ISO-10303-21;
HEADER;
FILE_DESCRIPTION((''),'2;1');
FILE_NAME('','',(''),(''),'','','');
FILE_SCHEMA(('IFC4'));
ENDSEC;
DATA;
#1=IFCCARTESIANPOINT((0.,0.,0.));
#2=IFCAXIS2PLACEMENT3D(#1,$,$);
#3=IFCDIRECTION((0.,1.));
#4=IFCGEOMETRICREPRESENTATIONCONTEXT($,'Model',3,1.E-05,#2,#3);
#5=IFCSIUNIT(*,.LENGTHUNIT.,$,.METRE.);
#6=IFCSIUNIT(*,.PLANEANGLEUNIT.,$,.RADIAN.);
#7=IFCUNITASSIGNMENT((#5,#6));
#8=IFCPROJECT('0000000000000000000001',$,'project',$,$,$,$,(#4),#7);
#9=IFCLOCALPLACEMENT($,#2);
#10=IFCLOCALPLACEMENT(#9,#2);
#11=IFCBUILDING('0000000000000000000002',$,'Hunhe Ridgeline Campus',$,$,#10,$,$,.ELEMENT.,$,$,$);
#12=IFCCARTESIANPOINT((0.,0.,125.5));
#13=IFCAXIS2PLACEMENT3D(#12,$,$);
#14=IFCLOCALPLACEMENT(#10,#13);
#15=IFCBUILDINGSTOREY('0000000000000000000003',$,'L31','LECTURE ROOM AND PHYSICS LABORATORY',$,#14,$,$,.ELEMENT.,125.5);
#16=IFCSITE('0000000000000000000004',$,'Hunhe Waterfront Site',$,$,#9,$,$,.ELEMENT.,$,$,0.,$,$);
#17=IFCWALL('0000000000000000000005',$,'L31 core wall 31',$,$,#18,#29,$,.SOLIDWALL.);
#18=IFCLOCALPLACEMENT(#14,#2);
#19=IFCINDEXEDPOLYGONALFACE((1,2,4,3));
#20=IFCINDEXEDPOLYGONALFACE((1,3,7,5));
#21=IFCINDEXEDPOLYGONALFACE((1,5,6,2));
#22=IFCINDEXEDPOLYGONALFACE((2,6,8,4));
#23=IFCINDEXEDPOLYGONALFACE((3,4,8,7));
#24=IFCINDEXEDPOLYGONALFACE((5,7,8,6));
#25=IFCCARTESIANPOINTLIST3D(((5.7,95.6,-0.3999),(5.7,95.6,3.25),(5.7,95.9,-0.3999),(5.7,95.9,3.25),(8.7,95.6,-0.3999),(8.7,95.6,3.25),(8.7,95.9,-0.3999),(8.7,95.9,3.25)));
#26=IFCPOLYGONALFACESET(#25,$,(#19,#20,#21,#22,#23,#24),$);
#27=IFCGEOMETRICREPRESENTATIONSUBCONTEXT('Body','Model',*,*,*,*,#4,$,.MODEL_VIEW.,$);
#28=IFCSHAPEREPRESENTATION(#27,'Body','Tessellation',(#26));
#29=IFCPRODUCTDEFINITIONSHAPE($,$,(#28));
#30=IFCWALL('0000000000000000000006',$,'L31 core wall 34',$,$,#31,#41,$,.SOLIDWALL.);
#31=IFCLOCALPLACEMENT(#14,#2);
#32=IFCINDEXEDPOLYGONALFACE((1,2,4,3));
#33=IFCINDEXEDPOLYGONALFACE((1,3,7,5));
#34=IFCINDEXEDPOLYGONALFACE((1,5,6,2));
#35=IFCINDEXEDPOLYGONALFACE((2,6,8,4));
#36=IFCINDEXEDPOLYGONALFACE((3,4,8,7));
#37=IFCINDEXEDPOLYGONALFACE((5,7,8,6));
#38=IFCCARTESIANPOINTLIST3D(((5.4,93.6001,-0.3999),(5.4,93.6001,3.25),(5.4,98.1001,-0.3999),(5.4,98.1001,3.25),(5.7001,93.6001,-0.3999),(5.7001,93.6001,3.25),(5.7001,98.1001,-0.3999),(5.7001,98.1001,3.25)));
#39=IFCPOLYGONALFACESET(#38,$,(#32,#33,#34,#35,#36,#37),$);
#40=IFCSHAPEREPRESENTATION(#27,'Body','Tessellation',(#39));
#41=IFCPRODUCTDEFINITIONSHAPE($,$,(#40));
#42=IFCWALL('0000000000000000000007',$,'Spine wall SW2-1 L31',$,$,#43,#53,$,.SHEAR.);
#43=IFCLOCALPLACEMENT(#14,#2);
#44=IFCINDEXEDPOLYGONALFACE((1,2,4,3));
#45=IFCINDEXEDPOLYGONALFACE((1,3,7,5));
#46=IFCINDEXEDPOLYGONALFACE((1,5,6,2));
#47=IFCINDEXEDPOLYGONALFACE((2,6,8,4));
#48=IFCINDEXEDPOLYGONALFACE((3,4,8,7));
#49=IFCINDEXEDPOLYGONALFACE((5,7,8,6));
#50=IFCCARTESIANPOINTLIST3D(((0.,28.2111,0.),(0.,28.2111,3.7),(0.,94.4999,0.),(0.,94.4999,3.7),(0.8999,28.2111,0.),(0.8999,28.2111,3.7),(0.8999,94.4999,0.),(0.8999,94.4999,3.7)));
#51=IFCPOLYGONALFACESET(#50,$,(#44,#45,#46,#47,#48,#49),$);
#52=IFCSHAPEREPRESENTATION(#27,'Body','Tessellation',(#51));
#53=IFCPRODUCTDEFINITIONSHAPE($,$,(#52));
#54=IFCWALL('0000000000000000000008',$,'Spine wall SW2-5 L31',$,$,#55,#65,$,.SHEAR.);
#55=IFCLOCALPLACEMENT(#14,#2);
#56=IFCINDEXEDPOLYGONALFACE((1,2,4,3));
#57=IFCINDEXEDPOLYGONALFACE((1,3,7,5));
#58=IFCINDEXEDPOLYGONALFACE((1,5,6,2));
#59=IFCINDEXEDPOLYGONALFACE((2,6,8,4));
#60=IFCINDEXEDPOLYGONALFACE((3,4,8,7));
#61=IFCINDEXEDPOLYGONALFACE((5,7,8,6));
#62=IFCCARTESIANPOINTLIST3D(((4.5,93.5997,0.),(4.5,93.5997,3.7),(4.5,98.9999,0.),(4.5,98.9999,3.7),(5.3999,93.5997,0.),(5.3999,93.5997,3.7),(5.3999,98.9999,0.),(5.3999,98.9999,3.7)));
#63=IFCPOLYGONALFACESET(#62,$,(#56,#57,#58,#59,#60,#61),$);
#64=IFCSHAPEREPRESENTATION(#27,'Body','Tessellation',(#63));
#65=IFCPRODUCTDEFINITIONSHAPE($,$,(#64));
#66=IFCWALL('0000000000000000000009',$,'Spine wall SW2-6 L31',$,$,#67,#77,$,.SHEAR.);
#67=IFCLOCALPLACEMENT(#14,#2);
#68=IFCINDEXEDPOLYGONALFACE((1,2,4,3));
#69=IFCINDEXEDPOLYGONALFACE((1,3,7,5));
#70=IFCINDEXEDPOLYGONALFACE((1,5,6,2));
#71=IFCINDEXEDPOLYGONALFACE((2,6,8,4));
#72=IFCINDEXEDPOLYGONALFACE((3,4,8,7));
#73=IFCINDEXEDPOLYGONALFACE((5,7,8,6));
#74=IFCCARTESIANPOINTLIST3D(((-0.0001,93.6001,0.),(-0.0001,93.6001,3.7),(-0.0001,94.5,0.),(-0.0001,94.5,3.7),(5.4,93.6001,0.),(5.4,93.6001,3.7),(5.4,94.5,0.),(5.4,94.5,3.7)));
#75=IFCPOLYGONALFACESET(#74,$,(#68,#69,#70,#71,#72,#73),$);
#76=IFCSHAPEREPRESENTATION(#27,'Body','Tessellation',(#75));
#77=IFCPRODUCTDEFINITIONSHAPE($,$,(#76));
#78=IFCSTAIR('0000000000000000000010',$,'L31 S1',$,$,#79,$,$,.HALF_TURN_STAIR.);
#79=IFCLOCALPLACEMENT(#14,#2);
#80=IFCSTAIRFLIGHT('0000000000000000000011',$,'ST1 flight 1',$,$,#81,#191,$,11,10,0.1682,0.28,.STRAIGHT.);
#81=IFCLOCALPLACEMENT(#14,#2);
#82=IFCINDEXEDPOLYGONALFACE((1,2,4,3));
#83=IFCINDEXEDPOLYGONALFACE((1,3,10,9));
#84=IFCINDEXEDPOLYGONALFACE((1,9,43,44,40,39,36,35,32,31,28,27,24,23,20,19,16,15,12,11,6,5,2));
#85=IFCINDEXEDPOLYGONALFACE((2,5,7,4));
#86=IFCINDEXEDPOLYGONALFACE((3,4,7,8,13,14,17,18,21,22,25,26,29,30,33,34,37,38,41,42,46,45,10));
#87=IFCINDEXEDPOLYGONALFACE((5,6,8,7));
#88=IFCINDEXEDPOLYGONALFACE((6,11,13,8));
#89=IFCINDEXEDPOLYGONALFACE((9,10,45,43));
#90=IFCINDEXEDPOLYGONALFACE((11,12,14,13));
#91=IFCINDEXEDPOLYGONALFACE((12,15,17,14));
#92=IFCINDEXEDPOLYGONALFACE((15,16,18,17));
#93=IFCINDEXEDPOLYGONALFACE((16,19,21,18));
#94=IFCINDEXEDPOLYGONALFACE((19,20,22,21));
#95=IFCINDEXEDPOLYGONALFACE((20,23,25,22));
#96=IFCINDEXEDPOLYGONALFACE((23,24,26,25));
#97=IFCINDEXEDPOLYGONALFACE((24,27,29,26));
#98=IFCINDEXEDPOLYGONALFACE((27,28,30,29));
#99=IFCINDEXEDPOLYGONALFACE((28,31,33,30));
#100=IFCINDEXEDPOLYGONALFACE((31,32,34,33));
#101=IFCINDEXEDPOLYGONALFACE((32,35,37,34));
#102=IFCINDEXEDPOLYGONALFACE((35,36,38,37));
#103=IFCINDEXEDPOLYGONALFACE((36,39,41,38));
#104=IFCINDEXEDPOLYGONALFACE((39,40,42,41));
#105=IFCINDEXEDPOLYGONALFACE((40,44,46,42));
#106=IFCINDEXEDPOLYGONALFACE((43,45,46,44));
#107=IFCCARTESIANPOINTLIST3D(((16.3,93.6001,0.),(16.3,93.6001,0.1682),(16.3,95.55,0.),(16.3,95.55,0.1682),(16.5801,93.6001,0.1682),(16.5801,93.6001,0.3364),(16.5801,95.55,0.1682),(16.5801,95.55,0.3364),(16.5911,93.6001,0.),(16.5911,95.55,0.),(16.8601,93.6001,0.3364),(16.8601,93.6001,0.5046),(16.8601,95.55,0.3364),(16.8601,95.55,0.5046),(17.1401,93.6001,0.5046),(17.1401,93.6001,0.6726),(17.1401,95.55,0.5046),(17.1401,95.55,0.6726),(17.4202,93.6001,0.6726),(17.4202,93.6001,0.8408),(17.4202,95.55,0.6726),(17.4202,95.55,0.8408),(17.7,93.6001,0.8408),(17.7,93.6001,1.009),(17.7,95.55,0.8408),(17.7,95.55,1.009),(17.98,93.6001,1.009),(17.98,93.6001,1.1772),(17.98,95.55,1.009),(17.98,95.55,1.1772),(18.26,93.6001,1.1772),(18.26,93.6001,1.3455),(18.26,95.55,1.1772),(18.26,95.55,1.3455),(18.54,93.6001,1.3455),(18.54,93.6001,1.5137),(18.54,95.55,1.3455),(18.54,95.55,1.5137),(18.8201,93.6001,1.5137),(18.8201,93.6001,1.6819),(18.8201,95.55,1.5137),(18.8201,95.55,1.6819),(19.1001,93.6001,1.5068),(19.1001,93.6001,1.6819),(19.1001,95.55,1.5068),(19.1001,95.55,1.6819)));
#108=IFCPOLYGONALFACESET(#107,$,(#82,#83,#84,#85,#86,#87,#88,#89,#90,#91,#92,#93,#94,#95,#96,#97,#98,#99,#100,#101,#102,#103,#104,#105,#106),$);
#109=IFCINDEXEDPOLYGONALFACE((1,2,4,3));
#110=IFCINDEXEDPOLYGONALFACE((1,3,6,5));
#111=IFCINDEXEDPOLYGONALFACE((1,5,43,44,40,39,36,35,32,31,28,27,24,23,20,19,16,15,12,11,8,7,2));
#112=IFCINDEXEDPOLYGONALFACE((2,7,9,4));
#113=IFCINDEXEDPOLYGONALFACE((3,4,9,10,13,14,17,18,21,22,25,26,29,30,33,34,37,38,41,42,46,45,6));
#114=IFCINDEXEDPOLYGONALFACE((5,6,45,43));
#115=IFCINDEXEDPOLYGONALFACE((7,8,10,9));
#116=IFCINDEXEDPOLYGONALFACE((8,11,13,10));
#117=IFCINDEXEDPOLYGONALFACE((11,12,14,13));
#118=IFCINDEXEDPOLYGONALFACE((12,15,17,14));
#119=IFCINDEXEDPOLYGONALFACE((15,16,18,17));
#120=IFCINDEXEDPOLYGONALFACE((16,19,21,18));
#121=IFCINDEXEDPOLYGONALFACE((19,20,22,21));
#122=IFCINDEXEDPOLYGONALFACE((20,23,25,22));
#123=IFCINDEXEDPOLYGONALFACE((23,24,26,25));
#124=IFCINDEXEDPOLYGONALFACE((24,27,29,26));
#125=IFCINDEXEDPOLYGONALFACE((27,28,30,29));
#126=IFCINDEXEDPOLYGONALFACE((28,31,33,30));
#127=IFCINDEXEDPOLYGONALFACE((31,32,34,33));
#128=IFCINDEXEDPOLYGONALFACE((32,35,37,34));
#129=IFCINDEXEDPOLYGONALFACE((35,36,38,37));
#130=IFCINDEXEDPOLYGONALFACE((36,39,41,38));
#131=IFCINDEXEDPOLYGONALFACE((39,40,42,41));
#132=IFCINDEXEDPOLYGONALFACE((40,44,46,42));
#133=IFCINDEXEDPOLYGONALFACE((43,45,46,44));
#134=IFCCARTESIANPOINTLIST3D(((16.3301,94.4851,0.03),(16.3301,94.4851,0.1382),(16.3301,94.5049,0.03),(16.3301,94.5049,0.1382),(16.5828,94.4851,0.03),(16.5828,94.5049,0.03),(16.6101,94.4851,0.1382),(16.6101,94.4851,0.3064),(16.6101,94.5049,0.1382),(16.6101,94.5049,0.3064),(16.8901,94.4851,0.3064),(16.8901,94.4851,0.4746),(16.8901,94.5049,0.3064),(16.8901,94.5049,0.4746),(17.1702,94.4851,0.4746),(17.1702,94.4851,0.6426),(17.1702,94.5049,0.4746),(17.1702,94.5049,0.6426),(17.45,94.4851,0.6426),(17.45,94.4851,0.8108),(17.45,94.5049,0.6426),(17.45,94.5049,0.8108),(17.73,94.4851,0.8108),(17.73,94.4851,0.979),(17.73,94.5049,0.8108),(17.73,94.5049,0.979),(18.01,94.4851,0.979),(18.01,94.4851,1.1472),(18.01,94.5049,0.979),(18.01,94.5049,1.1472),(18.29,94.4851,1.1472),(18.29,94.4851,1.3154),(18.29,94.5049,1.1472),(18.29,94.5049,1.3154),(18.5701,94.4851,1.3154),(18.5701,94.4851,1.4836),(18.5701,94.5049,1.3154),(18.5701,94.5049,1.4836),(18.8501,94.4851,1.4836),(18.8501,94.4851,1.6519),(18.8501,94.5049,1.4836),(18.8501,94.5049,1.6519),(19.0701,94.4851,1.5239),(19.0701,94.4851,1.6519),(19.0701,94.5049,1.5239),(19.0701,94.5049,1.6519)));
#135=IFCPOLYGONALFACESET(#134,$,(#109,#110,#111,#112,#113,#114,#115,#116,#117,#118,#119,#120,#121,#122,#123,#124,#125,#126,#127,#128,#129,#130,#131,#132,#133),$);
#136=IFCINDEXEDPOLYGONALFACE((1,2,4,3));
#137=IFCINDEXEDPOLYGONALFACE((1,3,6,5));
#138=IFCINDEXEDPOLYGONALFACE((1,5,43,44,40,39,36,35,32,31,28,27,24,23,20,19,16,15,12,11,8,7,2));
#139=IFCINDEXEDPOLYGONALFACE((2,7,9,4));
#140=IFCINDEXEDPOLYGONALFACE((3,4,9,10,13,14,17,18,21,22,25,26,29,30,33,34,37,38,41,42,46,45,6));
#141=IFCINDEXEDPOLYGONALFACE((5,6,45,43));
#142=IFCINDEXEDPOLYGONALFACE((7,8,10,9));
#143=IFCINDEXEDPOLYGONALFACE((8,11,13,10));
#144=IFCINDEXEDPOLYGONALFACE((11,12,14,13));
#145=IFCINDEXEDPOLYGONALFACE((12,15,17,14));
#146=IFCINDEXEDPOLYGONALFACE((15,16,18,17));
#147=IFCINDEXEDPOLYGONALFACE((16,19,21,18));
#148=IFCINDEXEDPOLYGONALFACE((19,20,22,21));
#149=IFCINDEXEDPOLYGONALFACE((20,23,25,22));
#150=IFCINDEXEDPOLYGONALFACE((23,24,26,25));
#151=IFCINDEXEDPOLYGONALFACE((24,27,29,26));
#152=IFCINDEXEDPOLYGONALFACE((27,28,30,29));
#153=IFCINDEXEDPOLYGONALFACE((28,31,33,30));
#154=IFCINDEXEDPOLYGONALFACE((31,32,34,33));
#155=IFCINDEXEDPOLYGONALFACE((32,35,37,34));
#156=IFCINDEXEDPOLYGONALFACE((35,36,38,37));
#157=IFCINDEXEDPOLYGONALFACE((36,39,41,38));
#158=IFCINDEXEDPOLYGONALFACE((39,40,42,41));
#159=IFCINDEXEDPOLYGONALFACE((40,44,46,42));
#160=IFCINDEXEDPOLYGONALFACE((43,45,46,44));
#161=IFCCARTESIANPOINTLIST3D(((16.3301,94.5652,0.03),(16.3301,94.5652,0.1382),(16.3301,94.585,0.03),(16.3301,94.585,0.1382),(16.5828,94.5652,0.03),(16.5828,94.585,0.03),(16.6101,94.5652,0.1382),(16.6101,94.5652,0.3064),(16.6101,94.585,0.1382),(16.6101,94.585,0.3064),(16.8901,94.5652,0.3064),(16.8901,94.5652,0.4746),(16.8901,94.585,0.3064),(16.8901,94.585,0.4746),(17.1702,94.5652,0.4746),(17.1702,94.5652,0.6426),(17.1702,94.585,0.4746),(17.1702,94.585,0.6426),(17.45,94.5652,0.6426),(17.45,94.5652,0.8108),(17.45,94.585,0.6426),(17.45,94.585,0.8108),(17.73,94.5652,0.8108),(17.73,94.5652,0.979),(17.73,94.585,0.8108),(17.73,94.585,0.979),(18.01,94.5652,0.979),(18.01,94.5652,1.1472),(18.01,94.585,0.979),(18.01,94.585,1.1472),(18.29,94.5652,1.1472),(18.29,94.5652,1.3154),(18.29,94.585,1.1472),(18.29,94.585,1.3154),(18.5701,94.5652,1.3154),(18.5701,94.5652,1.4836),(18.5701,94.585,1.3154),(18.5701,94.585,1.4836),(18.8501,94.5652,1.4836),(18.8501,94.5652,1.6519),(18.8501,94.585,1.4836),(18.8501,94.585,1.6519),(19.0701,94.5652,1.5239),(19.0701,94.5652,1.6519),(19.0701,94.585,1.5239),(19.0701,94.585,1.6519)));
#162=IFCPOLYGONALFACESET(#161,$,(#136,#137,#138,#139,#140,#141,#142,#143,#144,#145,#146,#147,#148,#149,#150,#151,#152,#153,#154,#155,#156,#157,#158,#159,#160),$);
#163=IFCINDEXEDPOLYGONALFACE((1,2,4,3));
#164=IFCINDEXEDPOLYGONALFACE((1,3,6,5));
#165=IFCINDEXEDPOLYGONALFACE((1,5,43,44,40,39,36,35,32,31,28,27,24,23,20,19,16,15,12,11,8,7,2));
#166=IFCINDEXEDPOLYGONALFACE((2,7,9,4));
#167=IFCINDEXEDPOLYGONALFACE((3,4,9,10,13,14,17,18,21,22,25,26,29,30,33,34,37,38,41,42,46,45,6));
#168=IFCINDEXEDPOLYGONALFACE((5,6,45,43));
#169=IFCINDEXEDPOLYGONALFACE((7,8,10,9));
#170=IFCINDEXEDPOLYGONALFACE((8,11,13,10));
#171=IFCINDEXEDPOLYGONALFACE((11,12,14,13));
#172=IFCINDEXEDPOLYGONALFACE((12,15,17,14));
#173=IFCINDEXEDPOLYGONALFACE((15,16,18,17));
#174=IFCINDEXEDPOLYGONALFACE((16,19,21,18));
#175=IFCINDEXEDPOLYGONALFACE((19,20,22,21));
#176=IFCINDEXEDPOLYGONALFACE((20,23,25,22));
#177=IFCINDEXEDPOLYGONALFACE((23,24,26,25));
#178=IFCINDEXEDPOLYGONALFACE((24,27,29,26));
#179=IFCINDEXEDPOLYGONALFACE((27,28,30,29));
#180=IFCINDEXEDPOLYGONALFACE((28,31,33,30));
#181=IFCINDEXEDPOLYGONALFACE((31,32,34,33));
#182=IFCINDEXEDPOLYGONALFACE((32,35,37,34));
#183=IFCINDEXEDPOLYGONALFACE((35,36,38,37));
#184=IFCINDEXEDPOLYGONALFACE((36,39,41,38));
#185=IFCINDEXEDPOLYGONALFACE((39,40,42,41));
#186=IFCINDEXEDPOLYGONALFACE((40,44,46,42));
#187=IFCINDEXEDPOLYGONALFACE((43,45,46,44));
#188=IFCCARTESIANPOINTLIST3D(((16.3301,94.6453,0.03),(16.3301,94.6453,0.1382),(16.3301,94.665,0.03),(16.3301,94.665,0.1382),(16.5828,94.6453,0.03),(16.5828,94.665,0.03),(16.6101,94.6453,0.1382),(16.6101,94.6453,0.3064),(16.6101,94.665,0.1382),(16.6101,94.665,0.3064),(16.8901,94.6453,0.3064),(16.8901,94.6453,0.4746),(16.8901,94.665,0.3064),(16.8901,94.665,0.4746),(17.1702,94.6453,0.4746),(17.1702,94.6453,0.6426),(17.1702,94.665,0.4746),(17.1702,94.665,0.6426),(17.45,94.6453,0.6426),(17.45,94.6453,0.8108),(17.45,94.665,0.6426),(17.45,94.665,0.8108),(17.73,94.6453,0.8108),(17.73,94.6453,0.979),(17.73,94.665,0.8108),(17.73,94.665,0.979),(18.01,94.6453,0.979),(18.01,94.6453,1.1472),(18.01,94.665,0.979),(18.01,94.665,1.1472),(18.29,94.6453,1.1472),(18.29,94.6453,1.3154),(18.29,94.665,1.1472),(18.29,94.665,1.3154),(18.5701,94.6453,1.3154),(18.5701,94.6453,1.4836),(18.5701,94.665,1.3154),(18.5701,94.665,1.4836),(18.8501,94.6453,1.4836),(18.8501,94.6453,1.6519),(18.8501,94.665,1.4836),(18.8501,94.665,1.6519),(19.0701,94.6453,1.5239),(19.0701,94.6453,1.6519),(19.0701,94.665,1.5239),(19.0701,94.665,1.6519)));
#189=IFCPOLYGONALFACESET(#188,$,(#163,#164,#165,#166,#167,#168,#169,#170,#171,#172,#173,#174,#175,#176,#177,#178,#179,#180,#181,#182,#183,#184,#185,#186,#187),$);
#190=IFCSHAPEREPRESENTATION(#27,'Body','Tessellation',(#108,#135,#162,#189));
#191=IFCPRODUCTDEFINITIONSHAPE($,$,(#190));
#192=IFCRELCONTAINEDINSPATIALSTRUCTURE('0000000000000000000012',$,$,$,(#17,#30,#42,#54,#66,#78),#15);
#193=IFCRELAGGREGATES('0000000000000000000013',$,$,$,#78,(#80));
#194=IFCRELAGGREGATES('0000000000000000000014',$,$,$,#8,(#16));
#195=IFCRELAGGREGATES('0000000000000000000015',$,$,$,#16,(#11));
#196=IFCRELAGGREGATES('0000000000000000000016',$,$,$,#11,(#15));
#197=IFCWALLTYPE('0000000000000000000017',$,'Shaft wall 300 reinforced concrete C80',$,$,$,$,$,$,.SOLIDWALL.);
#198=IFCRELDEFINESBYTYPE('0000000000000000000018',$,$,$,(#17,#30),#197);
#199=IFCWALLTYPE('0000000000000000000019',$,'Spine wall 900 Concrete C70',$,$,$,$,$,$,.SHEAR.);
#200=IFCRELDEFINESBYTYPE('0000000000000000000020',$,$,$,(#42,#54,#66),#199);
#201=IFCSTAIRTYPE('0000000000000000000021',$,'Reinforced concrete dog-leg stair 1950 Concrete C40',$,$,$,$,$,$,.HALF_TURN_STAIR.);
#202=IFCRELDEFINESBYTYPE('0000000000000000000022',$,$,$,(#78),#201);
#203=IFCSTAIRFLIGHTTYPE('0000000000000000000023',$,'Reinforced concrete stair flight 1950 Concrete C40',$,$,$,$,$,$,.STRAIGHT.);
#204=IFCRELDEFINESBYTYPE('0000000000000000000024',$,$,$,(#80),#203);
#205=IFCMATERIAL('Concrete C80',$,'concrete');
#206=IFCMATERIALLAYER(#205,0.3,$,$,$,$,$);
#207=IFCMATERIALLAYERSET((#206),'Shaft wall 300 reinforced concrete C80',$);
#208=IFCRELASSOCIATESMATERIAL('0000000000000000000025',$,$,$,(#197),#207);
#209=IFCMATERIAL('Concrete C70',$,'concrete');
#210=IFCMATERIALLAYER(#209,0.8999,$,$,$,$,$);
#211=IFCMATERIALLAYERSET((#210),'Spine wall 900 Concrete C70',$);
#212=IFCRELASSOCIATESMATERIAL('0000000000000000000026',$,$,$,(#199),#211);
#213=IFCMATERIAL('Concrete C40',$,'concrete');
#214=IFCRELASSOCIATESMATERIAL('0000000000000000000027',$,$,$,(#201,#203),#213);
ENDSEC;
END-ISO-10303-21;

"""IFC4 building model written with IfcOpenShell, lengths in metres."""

from ifc_helpers import new_model, si_unit, direction, frame, frame_2d, origin, place, context, subcontext, project, spatial, polyline, rectangle, outline, extrude, material, layer, layer_set, type_object, element, aggregate, save


model = new_model("IFC4")

# Units and contexts
model_context = context("Model", 3, precision=1e-05, world=origin(), true_north=direction((0.0, 1.0)))
body_context = subcontext(model_context, "Body", "Model", "MODEL_VIEW")
ifc_project = project(units=[si_unit("LENGTHUNIT", "METRE"), si_unit("PLANEANGLEUNIT", "RADIAN")], contexts=[model_context])

# Site, building, storey
site_placement = place(None, origin())
site = spatial("IfcSite", under=ifc_project, at=site_placement, Name="Hunhe Waterfront Site", CompositionType="ELEMENT", RefElevation=0.0)
building_placement = place(site_placement, origin())
building = spatial("IfcBuilding", under=site, at=building_placement, Name="Hunhe Ridgeline Campus", CompositionType="ELEMENT")
storey_placement = place(building_placement, frame((0.0, 0.0, 125.5)))
storey = spatial("IfcBuildingStorey", under=building, at=storey_placement, Name="L31", Description="LECTURE ROOM AND PHYSICS LABORATORY", CompositionType="ELEMENT", Elevation=125.5)

# Shared definitions
ifc_material_1 = material(Name="Concrete C80", Category="concrete")
ifc_layer_1 = layer(ifc_material_1, 0.3)
ifc_layer_set_1 = layer_set([ifc_layer_1], Name="Shaft wall 300 reinforced concrete C80")
wall_type_1 = type_object("IfcWallType", Name="Shaft wall 300 reinforced concrete C80", PredefinedType="SOLIDWALL", material=ifc_layer_set_1)

# Walls
wall_1_placement = place(storey_placement, frame((5.7, 95.75, -0.3999), z_axis=(0.0, 0.0, 1.0), x_axis=(1.0, 0.0, 0.0)))
element("IfcWall", 1, at=wall_1_placement, inside=storey, type_object=wall_type_1, Name="L31 core wall 31", PredefinedType="SOLIDWALL", context=body_context, shape_type="SweptSolid", body=[
    extrude(rectangle(XDim=3.0, YDim=0.3, at=frame_2d((1.5, 0.0))), origin(), (0.0, 0.0, 1.0), 3.6499),
])
wall_2_placement = place(storey_placement, frame((5.55, 93.6001, -0.3999), z_axis=(0.0, 0.0, 1.0), x_axis=(0.0, 1.0, 0.0)))
element("IfcWall", 2, at=wall_2_placement, inside=storey, type_object=wall_type_1, Name="L31 core wall 34", PredefinedType="SOLIDWALL", context=body_context, shape_type="SweptSolid", body=[
    extrude(rectangle(XDim=4.5, YDim=0.3, at=frame_2d((2.25, 0.0))), origin(), (0.0, 0.0, 1.0), 3.6499),
])

# Walls
ifc_material_2 = material(Name="Concrete C70", Category="concrete")
ifc_layer_2 = layer(ifc_material_2, 0.8999)
ifc_layer_set_2 = layer_set([ifc_layer_2], Name="Spine wall 900 Concrete C70")
wall_type_2 = type_object("IfcWallType", Name="Spine wall 900 Concrete C70", PredefinedType="SHEAR", material=ifc_layer_set_2)
wall_3_placement = place(storey_placement, frame((0.45, 94.5, 0.0), z_axis=(0.0, 0.0, 1.0), x_axis=(0.0, -1.0, 0.0)))
element("IfcWall", 3, at=wall_3_placement, inside=storey, type_object=wall_type_2, Name="Spine wall SW2-1 L31", PredefinedType="SHEAR", context=body_context, shape_type="SweptSolid", body=[
    extrude(rectangle(XDim=66.2888, YDim=0.8999, at=frame_2d((33.1445, 0.0))), origin(), (0.0, 0.0, 1.0), 3.7),
])
for number, where, z_axis, x_axis, name in (
    (4, (4.95, 99.0, 0.0), (0.0, 0.0, 1.0), (0.0, -1.0, 0.0), "Spine wall SW2-5 L31"),
    (5, (5.4001, 94.05, 0.0), (0.0, 0.0, 1.0), (-1.0, 0.0, 0.0), "Spine wall SW2-6 L31"),
):
    element("IfcWall", number, at=place(storey_placement, frame(where, z_axis=z_axis, x_axis=x_axis)), inside=storey, type_object=wall_type_2, Name=name, PredefinedType="SHEAR", context=body_context, shape_type="SweptSolid", body=[
        extrude(rectangle(XDim=5.4001, YDim=0.8999, at=frame_2d((2.7002, 0.0))), origin(), (0.0, 0.0, 1.0), 3.7),
    ])

# Stair, stair flight
ifc_material_3 = material(Name="Concrete C40", Category="concrete")
stair_type = type_object("IfcStairType", Name="Reinforced concrete dog-leg stair 1950 Concrete C40", PredefinedType="HALF_TURN_STAIR", material=ifc_material_3)
stair_placement = place(storey_placement, origin())
stair = element("IfcStair", 6, at=stair_placement, inside=storey, type_object=stair_type, Name="L31 S1", PredefinedType="HALF_TURN_STAIR")
stair_flight_type = type_object("IfcStairFlightType", Name="Reinforced concrete stair flight 1950 Concrete C40", PredefinedType="STRAIGHT", material=ifc_material_3)
stair_flight_1_placement = place(storey_placement, frame((16.3, 94.575, 0.0), z_axis=(0.0, 0.0, 1.0), x_axis=(1.0, 0.0, 0.0)))
stair_flight_1 = element("IfcStairFlight", 7, at=stair_flight_1_placement, type_object=stair_flight_type, Name="ST1 flight 1", NumberOfRisers=11, NumberOfTreads=10, PredefinedType="STRAIGHT", RiserHeight=0.1682, TreadLength=0.28, context=body_context, shape_type="SweptSolid", body=[
    extrude(outline(polyline([(0.0, 0.0), (0.0, 0.1682), (0.28, 0.1682), (0.28, 0.3364), (0.5601, 0.3364), (0.5601, 0.5046), (0.8401, 0.5046), (0.8401, 0.6726), (1.1201, 0.6726), (1.1201, 0.8408), (1.3999, 0.8408), (1.3999, 1.009), (1.6799, 1.009), (1.6799, 1.1772), (1.96, 1.1772), (1.96, 1.3455), (2.24, 1.3455), (2.24, 1.5137), (2.52, 1.5137), (2.52, 1.6819), (2.8, 1.6819), (2.8, 1.8501), (2.8, 1.5068), (0.291, 0.0), (0.0, 0.0)])), frame((0.0, 0.9751, 0.0), z_axis=(0.0, -1.0, 0.0), x_axis=(1.0, 0.0, 0.0)), (0.0, 0.0, 1.0), 1.95),
    extrude(outline(polyline([(0.03, 0.03), (0.03, 0.1382), (0.3101, 0.1382), (0.3101, 0.3064), (0.5901, 0.3064), (0.5901, 0.4746), (0.8701, 0.4746), (0.8701, 0.6426), (1.1499, 0.6426), (1.1499, 0.8108), (1.4299, 0.8108), (1.4299, 0.979), (1.71, 0.979), (1.71, 1.1472), (1.99, 1.1472), (1.99, 1.3154), (2.27, 1.3154), (2.27, 1.4836), (2.55, 1.4836), (2.55, 1.6519), (2.77, 1.6519), (2.77, 1.5239), (0.2827, 0.03), (0.03, 0.03)])), frame((0.0, -0.0701, 0.0), z_axis=(0.0, -1.0, 0.0), x_axis=(1.0, 0.0, 0.0)), (0.0, 0.0, 1.0), 0.0198),
    extrude(outline(polyline([(0.03, 0.03), (0.03, 0.1382), (0.3101, 0.1382), (0.3101, 0.3064), (0.5901, 0.3064), (0.5901, 0.4746), (0.8701, 0.4746), (0.8701, 0.6426), (1.1499, 0.6426), (1.1499, 0.8108), (1.4299, 0.8108), (1.4299, 0.979), (1.71, 0.979), (1.71, 1.1472), (1.99, 1.1472), (1.99, 1.3154), (2.27, 1.3154), (2.27, 1.4836), (2.55, 1.4836), (2.55, 1.6519), (2.77, 1.6519), (2.77, 1.5239), (0.2827, 0.03), (0.03, 0.03)])), frame((0.0, 0.01, 0.0), z_axis=(0.0, -1.0, 0.0), x_axis=(1.0, 0.0, 0.0)), (0.0, 0.0, 1.0), 0.0198),
    extrude(outline(polyline([(0.03, 0.03), (0.03, 0.1382), (0.3101, 0.1382), (0.3101, 0.3064), (0.5901, 0.3064), (0.5901, 0.4746), (0.8701, 0.4746), (0.8701, 0.6426), (1.1499, 0.6426), (1.1499, 0.8108), (1.4299, 0.8108), (1.4299, 0.979), (1.71, 0.979), (1.71, 1.1472), (1.99, 1.1472), (1.99, 1.3154), (2.27, 1.3154), (2.27, 1.4836), (2.55, 1.4836), (2.55, 1.6519), (2.77, 1.6519), (2.77, 1.5239), (0.2827, 0.03), (0.03, 0.03)])), frame((0.0, 0.0901, 0.0), z_axis=(0.0, -1.0, 0.0), x_axis=(1.0, 0.0, 0.0)), (0.0, 0.0, 1.0), 0.0198),
])
aggregate(stair, [stair_flight_1])

save(model, "model.ifc")
